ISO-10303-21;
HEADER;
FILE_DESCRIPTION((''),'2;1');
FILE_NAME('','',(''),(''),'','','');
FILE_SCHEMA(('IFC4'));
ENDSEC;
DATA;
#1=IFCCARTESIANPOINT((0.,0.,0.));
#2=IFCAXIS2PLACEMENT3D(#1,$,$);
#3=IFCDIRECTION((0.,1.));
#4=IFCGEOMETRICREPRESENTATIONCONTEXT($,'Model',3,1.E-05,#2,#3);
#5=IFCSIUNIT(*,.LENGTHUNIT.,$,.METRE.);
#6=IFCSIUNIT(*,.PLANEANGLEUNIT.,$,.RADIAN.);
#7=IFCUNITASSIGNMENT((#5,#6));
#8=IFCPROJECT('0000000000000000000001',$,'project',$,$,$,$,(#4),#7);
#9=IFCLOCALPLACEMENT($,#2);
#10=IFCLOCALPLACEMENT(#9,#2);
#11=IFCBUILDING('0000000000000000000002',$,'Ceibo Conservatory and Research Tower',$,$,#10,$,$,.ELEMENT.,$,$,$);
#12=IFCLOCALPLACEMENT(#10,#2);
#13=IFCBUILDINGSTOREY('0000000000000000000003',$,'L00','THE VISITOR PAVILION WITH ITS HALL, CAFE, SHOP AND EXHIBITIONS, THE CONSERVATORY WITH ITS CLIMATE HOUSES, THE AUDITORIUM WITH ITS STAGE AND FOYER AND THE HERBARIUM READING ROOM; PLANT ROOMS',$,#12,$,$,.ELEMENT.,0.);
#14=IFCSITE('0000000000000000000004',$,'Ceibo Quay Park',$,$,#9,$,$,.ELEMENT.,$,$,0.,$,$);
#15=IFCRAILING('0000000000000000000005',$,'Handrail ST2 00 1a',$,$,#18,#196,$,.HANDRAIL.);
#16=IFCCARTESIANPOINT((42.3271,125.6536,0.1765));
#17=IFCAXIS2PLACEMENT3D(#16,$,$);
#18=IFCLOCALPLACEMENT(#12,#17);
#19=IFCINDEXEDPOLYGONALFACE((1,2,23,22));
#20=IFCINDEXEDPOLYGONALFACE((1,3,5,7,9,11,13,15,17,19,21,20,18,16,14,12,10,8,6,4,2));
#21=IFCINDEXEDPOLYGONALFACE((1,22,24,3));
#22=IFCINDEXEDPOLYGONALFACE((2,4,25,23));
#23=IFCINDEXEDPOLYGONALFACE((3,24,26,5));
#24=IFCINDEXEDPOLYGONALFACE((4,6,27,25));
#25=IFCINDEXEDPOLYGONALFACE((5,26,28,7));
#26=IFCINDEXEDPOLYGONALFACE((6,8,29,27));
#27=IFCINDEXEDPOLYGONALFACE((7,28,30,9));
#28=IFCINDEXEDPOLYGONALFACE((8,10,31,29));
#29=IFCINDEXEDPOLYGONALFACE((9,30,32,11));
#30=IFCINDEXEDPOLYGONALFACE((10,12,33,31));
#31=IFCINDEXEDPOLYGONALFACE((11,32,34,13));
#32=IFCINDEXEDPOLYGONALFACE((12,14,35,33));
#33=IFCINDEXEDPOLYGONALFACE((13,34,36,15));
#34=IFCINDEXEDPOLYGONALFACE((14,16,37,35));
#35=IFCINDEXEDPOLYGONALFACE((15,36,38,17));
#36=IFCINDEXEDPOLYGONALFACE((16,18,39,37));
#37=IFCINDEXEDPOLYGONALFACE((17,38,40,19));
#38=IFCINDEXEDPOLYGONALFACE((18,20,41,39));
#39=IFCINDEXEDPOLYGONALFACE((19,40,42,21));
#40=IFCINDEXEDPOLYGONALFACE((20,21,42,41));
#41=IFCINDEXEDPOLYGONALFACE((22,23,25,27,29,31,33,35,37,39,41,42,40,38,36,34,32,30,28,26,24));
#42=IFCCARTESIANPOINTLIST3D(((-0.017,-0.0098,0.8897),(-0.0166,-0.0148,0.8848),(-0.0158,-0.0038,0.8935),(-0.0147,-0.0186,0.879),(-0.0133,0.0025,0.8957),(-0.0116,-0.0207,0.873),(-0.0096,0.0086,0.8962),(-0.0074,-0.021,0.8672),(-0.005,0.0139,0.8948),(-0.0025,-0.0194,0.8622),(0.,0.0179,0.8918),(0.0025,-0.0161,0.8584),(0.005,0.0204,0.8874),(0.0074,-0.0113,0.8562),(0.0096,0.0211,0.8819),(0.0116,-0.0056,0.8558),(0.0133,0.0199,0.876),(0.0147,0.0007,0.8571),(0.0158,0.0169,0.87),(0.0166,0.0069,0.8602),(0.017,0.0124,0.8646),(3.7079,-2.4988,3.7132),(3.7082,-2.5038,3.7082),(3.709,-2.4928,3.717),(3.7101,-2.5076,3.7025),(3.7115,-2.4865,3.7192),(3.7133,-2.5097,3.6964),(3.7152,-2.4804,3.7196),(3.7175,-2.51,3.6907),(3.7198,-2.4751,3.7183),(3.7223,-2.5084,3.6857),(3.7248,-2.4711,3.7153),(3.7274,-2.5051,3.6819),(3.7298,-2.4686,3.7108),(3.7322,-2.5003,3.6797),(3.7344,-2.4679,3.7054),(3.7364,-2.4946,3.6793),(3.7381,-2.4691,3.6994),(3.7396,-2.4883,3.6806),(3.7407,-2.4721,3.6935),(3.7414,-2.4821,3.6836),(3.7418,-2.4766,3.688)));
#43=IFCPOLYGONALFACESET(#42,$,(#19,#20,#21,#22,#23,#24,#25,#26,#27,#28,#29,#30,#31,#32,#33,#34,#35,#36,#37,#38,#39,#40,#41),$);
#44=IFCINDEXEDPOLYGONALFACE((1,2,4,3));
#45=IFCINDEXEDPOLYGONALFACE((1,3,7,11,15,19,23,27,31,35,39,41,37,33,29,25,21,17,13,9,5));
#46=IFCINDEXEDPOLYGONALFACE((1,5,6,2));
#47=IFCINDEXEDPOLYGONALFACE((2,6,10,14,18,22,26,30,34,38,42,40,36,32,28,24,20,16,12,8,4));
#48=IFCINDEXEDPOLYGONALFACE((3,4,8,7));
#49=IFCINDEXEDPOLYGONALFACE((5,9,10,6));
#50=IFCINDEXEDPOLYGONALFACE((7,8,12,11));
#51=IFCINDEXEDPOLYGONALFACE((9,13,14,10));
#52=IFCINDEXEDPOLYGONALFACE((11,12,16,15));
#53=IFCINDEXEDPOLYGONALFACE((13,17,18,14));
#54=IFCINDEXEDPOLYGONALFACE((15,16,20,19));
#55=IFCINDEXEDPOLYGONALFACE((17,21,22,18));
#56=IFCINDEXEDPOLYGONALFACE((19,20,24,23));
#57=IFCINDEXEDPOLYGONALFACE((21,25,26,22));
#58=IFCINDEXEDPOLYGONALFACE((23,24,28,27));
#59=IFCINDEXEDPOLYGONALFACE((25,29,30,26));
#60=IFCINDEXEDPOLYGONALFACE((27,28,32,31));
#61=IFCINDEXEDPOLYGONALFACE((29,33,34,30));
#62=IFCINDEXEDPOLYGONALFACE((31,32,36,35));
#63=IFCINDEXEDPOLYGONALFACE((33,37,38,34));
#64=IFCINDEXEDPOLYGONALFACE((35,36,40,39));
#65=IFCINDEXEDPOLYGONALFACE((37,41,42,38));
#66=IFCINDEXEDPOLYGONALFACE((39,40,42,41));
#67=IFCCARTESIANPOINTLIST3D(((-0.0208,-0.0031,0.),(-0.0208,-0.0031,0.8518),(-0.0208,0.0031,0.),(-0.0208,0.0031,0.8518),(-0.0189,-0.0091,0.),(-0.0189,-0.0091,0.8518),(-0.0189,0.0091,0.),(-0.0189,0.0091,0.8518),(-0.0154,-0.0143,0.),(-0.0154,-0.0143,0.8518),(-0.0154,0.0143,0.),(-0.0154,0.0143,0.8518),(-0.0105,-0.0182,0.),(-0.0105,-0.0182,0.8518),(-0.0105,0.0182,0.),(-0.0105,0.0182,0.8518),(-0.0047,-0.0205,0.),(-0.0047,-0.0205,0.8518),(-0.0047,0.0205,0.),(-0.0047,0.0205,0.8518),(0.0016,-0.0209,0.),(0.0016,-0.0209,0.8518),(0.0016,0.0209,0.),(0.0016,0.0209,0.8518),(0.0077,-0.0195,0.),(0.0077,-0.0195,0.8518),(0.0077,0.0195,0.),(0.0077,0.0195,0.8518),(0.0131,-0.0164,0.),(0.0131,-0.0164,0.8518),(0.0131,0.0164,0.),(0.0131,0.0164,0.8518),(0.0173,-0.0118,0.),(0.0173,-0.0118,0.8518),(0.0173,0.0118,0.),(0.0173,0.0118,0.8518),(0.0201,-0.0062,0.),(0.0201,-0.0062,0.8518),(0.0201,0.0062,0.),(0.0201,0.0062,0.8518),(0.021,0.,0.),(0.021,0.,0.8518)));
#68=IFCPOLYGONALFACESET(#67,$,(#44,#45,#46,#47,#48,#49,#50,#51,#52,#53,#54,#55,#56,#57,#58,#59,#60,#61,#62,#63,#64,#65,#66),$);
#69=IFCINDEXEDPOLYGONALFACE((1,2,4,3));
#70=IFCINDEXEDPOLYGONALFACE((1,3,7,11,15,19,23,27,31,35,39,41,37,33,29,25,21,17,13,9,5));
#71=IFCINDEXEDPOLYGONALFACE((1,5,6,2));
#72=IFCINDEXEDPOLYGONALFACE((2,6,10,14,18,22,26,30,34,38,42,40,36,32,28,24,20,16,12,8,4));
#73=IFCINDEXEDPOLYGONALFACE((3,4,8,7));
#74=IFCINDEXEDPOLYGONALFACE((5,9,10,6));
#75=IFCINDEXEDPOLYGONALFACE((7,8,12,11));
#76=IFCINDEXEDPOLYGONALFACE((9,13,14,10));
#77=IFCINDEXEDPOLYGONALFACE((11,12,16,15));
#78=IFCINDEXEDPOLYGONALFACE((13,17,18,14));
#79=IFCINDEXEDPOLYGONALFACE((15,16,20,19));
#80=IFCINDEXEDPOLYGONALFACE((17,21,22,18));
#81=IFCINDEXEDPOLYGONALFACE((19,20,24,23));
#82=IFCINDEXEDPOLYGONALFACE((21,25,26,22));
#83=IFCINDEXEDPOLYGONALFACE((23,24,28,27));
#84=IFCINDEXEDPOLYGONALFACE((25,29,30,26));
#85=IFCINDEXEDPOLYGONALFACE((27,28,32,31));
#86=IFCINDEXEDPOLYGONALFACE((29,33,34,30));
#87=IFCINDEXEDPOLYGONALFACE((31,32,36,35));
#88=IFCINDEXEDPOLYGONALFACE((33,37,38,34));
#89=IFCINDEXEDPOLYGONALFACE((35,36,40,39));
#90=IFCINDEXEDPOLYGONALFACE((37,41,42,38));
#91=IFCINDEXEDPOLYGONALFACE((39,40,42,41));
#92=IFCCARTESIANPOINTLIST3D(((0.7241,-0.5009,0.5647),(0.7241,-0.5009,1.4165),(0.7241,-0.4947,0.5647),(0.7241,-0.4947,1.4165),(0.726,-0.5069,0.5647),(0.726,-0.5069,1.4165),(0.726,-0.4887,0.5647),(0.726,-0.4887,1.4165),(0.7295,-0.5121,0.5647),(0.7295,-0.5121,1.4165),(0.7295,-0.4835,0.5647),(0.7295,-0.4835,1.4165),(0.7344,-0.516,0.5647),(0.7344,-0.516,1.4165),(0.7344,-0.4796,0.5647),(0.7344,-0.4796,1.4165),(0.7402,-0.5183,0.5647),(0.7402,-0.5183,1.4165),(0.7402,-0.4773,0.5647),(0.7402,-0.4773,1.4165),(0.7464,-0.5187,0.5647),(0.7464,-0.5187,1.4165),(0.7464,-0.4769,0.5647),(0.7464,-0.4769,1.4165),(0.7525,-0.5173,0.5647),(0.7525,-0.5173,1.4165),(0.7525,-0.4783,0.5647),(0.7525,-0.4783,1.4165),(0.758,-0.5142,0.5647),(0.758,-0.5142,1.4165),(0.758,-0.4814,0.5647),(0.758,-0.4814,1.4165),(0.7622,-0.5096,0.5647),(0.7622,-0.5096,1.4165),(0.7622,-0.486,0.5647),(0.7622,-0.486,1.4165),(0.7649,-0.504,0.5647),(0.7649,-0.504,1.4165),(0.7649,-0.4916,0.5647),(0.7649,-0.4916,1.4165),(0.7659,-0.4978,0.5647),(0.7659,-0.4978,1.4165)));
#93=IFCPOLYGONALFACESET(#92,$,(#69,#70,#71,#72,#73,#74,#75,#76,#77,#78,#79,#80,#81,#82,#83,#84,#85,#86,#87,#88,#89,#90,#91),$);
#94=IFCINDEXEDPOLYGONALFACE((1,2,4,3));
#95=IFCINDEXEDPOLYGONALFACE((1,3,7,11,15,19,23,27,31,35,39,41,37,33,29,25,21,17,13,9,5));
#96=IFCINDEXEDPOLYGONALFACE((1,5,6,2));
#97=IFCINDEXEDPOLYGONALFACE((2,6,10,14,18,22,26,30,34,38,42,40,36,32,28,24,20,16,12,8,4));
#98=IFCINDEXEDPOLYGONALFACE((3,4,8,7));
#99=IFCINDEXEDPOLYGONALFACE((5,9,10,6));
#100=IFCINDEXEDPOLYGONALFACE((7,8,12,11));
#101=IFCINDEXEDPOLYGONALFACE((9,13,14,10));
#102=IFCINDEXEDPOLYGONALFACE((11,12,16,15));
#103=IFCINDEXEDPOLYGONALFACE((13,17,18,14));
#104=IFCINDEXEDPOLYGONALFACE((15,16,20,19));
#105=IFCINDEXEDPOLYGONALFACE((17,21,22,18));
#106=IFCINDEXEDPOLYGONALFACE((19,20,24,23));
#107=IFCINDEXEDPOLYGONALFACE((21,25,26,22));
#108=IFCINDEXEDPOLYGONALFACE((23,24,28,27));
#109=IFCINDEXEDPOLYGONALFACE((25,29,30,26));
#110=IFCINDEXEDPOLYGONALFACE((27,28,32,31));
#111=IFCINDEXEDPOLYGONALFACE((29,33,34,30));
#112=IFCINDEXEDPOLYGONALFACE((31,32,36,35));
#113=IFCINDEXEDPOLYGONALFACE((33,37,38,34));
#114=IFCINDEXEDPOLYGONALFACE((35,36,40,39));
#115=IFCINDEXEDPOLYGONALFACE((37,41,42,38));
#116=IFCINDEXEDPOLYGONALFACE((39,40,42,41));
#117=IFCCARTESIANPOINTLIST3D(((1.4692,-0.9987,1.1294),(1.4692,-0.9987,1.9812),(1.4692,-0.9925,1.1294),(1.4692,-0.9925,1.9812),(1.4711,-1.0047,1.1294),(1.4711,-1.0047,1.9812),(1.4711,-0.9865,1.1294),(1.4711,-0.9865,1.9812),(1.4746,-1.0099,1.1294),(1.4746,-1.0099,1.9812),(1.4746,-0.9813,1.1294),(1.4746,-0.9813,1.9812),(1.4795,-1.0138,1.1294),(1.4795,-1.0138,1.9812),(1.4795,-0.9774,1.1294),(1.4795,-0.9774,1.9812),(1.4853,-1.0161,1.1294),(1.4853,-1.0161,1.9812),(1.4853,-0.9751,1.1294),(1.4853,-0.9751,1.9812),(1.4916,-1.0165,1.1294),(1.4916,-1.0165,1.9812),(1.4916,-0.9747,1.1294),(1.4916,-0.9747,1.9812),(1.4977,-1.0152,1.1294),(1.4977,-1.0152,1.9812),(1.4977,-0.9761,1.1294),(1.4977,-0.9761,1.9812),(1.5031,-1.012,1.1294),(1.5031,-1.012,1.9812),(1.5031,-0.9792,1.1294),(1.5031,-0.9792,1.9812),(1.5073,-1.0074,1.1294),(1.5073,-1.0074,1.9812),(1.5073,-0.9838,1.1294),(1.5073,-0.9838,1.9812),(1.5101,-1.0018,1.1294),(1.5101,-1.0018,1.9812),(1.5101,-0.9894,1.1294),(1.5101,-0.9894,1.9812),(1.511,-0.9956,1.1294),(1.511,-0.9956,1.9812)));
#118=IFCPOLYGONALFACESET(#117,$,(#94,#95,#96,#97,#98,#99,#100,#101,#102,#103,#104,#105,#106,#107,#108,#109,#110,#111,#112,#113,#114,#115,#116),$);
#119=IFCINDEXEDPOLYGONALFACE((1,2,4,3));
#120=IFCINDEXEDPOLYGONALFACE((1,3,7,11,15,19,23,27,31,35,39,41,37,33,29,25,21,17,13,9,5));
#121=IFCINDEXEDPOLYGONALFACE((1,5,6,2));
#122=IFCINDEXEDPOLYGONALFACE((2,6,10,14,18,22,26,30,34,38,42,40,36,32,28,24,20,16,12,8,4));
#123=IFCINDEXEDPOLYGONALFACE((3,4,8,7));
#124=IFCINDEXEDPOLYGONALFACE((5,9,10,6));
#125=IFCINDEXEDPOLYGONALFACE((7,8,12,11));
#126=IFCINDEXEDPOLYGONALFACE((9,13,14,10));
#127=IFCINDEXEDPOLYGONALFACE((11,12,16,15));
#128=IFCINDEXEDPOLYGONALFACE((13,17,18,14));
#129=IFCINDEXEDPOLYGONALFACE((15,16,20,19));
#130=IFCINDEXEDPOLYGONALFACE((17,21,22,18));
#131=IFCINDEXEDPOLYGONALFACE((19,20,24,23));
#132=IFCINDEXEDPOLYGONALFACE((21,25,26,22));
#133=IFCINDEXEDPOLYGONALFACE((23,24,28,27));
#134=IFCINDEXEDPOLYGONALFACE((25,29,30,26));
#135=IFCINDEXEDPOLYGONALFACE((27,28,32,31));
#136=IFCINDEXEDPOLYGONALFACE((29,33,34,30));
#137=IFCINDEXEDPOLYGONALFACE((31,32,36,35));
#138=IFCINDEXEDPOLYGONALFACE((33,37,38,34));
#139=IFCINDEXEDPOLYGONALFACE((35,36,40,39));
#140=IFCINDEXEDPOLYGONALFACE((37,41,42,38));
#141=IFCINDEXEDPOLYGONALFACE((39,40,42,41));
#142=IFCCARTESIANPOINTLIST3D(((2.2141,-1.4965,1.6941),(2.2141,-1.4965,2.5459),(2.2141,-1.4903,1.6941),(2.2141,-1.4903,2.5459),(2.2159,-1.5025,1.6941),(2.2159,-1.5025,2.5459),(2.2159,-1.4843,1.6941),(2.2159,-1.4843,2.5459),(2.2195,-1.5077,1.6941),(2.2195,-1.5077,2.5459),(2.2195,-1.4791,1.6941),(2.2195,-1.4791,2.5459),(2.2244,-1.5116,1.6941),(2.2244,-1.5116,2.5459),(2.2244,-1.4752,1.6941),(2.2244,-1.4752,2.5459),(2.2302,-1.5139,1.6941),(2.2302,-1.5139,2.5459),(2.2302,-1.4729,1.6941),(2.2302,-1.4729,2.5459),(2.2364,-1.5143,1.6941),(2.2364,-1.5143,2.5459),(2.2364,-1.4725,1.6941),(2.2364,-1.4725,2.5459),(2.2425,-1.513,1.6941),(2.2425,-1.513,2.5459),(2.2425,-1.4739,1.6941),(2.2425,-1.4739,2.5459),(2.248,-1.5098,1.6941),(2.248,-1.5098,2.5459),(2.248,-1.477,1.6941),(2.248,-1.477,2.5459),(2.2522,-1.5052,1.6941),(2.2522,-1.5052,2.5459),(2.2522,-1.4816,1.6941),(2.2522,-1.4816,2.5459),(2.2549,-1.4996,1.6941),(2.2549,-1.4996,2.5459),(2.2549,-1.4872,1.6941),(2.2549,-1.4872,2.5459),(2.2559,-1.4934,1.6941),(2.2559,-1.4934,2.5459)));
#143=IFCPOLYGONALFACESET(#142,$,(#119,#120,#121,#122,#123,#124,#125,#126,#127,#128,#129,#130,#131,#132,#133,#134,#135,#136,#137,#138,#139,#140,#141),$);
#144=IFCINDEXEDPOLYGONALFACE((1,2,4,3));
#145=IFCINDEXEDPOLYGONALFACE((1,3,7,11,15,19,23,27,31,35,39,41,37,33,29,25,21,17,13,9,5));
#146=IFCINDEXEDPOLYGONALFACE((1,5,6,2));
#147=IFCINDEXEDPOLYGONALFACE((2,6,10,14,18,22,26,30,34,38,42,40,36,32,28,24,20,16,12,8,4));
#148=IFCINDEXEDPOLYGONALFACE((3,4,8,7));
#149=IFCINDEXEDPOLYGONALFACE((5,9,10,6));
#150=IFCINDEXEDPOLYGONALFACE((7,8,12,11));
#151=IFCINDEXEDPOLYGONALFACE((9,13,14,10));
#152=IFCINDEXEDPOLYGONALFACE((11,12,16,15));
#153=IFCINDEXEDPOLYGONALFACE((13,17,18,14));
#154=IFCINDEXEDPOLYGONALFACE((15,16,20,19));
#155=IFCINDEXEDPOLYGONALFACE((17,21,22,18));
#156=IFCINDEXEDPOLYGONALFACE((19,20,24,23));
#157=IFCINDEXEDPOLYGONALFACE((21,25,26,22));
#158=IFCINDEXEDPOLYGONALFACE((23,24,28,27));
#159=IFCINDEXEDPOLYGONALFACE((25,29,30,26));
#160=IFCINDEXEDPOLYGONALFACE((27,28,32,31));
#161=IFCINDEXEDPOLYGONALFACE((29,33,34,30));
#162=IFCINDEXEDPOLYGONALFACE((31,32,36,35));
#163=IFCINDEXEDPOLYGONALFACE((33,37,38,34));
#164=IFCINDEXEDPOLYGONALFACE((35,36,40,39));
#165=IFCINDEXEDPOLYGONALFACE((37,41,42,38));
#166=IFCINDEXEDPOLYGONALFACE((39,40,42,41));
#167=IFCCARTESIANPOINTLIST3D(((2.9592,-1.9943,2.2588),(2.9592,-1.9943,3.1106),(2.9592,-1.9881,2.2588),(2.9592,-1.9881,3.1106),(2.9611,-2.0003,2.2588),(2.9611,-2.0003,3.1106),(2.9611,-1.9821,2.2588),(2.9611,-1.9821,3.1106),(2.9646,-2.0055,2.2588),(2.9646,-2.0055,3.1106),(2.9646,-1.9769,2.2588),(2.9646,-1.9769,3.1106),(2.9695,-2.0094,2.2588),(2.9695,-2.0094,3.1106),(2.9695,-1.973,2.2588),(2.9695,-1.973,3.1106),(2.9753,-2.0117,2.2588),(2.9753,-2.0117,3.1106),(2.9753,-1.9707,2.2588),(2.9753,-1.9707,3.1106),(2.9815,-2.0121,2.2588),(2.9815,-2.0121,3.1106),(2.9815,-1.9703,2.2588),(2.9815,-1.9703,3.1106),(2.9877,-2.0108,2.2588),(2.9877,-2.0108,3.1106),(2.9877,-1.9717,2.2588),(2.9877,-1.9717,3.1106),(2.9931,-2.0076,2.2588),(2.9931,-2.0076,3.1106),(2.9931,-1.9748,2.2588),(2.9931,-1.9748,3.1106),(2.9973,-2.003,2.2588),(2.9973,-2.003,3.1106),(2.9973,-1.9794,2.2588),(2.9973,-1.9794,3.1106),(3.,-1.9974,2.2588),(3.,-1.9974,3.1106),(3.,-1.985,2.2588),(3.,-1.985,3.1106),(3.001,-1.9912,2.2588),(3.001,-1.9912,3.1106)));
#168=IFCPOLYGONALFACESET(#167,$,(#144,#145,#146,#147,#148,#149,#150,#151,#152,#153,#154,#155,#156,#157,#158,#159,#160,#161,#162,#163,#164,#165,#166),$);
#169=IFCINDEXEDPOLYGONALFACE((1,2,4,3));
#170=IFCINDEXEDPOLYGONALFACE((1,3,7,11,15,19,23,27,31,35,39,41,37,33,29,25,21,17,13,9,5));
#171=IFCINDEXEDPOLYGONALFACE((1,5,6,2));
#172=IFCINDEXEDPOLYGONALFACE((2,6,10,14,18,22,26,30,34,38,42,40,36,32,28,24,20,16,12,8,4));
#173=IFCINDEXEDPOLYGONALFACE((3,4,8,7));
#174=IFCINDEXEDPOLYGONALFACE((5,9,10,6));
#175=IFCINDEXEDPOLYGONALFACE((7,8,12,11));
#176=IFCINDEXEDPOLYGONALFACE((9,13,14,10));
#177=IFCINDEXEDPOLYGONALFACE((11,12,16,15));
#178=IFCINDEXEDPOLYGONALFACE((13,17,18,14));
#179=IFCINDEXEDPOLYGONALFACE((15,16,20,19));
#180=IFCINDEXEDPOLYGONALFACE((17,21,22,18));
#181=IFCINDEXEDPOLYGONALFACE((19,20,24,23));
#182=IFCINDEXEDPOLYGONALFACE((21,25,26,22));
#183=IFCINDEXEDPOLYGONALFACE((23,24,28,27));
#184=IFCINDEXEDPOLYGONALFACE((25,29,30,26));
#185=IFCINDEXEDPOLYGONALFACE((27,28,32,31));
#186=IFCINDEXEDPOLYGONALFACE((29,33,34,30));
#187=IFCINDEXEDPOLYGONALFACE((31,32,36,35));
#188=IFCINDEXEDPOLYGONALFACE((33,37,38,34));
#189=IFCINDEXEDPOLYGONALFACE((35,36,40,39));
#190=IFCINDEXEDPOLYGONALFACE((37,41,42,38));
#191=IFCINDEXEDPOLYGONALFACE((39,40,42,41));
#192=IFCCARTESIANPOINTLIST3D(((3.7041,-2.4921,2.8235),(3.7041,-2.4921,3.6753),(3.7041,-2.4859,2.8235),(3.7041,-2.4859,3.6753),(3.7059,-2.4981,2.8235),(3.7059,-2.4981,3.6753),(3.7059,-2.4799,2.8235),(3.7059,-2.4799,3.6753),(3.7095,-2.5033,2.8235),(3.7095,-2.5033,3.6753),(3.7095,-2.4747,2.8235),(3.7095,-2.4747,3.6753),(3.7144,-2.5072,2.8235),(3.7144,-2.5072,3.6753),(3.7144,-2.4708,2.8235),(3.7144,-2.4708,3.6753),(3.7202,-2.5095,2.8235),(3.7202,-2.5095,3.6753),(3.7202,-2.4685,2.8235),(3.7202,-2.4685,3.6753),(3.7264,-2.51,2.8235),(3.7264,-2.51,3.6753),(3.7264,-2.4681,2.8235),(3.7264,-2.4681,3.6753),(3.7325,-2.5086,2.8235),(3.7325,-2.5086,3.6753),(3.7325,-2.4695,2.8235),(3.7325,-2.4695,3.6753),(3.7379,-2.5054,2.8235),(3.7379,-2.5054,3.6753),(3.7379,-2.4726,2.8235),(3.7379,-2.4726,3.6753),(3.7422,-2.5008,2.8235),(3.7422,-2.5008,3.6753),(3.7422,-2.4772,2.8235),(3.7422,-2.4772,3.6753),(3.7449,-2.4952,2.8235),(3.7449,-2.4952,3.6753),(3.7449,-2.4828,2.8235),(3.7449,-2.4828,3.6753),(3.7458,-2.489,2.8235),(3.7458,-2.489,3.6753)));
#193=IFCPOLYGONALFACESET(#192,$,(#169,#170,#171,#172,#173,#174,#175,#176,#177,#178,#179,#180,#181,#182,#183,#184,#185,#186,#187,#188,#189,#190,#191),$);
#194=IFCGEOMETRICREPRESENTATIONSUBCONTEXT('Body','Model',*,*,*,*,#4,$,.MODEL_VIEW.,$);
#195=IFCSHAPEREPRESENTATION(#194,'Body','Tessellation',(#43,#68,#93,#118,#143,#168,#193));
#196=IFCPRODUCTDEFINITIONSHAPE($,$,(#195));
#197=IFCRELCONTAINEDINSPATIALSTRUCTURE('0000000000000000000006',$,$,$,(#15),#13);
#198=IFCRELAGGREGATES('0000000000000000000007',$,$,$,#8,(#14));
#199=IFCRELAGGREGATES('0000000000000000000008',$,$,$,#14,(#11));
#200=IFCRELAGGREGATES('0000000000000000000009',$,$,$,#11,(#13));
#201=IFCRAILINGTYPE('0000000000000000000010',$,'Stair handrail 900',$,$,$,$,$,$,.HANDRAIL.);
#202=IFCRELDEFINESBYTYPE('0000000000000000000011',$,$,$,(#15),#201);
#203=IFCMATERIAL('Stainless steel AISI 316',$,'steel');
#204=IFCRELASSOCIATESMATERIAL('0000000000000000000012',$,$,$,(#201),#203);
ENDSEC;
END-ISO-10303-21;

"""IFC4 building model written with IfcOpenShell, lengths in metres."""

from ifc_helpers import new_model, si_unit, direction, frame, origin, origin_2d, place, context, subcontext, project, spatial, circle, extrude, material, type_object, element, save


model = new_model("IFC4")

# Units and contexts
model_context = context("Model", 3, precision=1e-05, world=origin(), true_north=direction((0.0, 1.0)))
body_context = subcontext(model_context, "Body", "Model", "MODEL_VIEW")
ifc_project = project(units=[si_unit("LENGTHUNIT", "METRE"), si_unit("PLANEANGLEUNIT", "RADIAN")], contexts=[model_context])

# Site, building, storey
site_placement = place(None, origin())
site = spatial("IfcSite", under=ifc_project, at=site_placement, Name="Ceibo Quay Park", CompositionType="ELEMENT", RefElevation=0.0)
building_placement = place(site_placement, origin())
building = spatial("IfcBuilding", under=site, at=building_placement, Name="Ceibo Conservatory and Research Tower", CompositionType="ELEMENT")
storey_placement = place(building_placement, origin())
storey = spatial("IfcBuildingStorey", under=building, at=storey_placement, Name="L00", Description="THE VISITOR PAVILION WITH ITS HALL, CAFE, SHOP AND EXHIBITIONS, THE CONSERVATORY WITH ITS CLIMATE HOUSES, THE AUDITORIUM WITH ITS STAGE AND FOYER AND THE HERBARIUM READING ROOM; PLANT ROOMS", CompositionType="ELEMENT", Elevation=0.0)

# Railing
ifc_material_1 = material(Name="Stainless steel AISI 316", Category="steel")
railing_type = type_object("IfcRailingType", Name="Stair handrail 900", PredefinedType="HANDRAIL", material=ifc_material_1)
railing_1_placement = place(storey_placement, frame((42.3271, 125.6536, 0.1765)))
element("IfcRailing", 1, at=railing_1_placement, inside=storey, type_object=railing_type, Name="Handrail ST2 00 1a", PredefinedType="HANDRAIL", context=body_context, shape_type="SweptSolid", body=[
    extrude(circle(Radius=0.0239, at=origin_2d()), frame((0.0, 0.0, 0.876), z_axis=(0.703406, -0.470029, 0.533191), x_axis=(0.555593, 0.831455, 0.0)), (0.0, 0.0, 1.0), 5.2954),
    extrude(circle(Radius=0.021, at=origin_2d()), origin(), (0.0, 0.0, 1.0), 0.8518),
    extrude(circle(Radius=0.021, at=origin_2d()), frame((0.7449, -0.4978, 0.5647)), (0.0, 0.0, 1.0), 0.8518),
    extrude(circle(Radius=0.021, at=origin_2d()), frame((1.49, -0.9956, 1.1294)), (0.0, 0.0, 1.0), 0.8518),
    extrude(circle(Radius=0.021, at=origin_2d()), frame((2.2349, -1.4934, 1.6941)), (0.0, 0.0, 1.0), 0.8518),
    extrude(circle(Radius=0.021, at=origin_2d()), frame((2.98, -1.9912, 2.2588)), (0.0, 0.0, 1.0), 0.8518),
    extrude(circle(Radius=0.021, at=origin_2d()), frame((3.7249, -2.489, 2.8235)), (0.0, 0.0, 1.0), 0.8518),
])

save(model, "model.ifc")
